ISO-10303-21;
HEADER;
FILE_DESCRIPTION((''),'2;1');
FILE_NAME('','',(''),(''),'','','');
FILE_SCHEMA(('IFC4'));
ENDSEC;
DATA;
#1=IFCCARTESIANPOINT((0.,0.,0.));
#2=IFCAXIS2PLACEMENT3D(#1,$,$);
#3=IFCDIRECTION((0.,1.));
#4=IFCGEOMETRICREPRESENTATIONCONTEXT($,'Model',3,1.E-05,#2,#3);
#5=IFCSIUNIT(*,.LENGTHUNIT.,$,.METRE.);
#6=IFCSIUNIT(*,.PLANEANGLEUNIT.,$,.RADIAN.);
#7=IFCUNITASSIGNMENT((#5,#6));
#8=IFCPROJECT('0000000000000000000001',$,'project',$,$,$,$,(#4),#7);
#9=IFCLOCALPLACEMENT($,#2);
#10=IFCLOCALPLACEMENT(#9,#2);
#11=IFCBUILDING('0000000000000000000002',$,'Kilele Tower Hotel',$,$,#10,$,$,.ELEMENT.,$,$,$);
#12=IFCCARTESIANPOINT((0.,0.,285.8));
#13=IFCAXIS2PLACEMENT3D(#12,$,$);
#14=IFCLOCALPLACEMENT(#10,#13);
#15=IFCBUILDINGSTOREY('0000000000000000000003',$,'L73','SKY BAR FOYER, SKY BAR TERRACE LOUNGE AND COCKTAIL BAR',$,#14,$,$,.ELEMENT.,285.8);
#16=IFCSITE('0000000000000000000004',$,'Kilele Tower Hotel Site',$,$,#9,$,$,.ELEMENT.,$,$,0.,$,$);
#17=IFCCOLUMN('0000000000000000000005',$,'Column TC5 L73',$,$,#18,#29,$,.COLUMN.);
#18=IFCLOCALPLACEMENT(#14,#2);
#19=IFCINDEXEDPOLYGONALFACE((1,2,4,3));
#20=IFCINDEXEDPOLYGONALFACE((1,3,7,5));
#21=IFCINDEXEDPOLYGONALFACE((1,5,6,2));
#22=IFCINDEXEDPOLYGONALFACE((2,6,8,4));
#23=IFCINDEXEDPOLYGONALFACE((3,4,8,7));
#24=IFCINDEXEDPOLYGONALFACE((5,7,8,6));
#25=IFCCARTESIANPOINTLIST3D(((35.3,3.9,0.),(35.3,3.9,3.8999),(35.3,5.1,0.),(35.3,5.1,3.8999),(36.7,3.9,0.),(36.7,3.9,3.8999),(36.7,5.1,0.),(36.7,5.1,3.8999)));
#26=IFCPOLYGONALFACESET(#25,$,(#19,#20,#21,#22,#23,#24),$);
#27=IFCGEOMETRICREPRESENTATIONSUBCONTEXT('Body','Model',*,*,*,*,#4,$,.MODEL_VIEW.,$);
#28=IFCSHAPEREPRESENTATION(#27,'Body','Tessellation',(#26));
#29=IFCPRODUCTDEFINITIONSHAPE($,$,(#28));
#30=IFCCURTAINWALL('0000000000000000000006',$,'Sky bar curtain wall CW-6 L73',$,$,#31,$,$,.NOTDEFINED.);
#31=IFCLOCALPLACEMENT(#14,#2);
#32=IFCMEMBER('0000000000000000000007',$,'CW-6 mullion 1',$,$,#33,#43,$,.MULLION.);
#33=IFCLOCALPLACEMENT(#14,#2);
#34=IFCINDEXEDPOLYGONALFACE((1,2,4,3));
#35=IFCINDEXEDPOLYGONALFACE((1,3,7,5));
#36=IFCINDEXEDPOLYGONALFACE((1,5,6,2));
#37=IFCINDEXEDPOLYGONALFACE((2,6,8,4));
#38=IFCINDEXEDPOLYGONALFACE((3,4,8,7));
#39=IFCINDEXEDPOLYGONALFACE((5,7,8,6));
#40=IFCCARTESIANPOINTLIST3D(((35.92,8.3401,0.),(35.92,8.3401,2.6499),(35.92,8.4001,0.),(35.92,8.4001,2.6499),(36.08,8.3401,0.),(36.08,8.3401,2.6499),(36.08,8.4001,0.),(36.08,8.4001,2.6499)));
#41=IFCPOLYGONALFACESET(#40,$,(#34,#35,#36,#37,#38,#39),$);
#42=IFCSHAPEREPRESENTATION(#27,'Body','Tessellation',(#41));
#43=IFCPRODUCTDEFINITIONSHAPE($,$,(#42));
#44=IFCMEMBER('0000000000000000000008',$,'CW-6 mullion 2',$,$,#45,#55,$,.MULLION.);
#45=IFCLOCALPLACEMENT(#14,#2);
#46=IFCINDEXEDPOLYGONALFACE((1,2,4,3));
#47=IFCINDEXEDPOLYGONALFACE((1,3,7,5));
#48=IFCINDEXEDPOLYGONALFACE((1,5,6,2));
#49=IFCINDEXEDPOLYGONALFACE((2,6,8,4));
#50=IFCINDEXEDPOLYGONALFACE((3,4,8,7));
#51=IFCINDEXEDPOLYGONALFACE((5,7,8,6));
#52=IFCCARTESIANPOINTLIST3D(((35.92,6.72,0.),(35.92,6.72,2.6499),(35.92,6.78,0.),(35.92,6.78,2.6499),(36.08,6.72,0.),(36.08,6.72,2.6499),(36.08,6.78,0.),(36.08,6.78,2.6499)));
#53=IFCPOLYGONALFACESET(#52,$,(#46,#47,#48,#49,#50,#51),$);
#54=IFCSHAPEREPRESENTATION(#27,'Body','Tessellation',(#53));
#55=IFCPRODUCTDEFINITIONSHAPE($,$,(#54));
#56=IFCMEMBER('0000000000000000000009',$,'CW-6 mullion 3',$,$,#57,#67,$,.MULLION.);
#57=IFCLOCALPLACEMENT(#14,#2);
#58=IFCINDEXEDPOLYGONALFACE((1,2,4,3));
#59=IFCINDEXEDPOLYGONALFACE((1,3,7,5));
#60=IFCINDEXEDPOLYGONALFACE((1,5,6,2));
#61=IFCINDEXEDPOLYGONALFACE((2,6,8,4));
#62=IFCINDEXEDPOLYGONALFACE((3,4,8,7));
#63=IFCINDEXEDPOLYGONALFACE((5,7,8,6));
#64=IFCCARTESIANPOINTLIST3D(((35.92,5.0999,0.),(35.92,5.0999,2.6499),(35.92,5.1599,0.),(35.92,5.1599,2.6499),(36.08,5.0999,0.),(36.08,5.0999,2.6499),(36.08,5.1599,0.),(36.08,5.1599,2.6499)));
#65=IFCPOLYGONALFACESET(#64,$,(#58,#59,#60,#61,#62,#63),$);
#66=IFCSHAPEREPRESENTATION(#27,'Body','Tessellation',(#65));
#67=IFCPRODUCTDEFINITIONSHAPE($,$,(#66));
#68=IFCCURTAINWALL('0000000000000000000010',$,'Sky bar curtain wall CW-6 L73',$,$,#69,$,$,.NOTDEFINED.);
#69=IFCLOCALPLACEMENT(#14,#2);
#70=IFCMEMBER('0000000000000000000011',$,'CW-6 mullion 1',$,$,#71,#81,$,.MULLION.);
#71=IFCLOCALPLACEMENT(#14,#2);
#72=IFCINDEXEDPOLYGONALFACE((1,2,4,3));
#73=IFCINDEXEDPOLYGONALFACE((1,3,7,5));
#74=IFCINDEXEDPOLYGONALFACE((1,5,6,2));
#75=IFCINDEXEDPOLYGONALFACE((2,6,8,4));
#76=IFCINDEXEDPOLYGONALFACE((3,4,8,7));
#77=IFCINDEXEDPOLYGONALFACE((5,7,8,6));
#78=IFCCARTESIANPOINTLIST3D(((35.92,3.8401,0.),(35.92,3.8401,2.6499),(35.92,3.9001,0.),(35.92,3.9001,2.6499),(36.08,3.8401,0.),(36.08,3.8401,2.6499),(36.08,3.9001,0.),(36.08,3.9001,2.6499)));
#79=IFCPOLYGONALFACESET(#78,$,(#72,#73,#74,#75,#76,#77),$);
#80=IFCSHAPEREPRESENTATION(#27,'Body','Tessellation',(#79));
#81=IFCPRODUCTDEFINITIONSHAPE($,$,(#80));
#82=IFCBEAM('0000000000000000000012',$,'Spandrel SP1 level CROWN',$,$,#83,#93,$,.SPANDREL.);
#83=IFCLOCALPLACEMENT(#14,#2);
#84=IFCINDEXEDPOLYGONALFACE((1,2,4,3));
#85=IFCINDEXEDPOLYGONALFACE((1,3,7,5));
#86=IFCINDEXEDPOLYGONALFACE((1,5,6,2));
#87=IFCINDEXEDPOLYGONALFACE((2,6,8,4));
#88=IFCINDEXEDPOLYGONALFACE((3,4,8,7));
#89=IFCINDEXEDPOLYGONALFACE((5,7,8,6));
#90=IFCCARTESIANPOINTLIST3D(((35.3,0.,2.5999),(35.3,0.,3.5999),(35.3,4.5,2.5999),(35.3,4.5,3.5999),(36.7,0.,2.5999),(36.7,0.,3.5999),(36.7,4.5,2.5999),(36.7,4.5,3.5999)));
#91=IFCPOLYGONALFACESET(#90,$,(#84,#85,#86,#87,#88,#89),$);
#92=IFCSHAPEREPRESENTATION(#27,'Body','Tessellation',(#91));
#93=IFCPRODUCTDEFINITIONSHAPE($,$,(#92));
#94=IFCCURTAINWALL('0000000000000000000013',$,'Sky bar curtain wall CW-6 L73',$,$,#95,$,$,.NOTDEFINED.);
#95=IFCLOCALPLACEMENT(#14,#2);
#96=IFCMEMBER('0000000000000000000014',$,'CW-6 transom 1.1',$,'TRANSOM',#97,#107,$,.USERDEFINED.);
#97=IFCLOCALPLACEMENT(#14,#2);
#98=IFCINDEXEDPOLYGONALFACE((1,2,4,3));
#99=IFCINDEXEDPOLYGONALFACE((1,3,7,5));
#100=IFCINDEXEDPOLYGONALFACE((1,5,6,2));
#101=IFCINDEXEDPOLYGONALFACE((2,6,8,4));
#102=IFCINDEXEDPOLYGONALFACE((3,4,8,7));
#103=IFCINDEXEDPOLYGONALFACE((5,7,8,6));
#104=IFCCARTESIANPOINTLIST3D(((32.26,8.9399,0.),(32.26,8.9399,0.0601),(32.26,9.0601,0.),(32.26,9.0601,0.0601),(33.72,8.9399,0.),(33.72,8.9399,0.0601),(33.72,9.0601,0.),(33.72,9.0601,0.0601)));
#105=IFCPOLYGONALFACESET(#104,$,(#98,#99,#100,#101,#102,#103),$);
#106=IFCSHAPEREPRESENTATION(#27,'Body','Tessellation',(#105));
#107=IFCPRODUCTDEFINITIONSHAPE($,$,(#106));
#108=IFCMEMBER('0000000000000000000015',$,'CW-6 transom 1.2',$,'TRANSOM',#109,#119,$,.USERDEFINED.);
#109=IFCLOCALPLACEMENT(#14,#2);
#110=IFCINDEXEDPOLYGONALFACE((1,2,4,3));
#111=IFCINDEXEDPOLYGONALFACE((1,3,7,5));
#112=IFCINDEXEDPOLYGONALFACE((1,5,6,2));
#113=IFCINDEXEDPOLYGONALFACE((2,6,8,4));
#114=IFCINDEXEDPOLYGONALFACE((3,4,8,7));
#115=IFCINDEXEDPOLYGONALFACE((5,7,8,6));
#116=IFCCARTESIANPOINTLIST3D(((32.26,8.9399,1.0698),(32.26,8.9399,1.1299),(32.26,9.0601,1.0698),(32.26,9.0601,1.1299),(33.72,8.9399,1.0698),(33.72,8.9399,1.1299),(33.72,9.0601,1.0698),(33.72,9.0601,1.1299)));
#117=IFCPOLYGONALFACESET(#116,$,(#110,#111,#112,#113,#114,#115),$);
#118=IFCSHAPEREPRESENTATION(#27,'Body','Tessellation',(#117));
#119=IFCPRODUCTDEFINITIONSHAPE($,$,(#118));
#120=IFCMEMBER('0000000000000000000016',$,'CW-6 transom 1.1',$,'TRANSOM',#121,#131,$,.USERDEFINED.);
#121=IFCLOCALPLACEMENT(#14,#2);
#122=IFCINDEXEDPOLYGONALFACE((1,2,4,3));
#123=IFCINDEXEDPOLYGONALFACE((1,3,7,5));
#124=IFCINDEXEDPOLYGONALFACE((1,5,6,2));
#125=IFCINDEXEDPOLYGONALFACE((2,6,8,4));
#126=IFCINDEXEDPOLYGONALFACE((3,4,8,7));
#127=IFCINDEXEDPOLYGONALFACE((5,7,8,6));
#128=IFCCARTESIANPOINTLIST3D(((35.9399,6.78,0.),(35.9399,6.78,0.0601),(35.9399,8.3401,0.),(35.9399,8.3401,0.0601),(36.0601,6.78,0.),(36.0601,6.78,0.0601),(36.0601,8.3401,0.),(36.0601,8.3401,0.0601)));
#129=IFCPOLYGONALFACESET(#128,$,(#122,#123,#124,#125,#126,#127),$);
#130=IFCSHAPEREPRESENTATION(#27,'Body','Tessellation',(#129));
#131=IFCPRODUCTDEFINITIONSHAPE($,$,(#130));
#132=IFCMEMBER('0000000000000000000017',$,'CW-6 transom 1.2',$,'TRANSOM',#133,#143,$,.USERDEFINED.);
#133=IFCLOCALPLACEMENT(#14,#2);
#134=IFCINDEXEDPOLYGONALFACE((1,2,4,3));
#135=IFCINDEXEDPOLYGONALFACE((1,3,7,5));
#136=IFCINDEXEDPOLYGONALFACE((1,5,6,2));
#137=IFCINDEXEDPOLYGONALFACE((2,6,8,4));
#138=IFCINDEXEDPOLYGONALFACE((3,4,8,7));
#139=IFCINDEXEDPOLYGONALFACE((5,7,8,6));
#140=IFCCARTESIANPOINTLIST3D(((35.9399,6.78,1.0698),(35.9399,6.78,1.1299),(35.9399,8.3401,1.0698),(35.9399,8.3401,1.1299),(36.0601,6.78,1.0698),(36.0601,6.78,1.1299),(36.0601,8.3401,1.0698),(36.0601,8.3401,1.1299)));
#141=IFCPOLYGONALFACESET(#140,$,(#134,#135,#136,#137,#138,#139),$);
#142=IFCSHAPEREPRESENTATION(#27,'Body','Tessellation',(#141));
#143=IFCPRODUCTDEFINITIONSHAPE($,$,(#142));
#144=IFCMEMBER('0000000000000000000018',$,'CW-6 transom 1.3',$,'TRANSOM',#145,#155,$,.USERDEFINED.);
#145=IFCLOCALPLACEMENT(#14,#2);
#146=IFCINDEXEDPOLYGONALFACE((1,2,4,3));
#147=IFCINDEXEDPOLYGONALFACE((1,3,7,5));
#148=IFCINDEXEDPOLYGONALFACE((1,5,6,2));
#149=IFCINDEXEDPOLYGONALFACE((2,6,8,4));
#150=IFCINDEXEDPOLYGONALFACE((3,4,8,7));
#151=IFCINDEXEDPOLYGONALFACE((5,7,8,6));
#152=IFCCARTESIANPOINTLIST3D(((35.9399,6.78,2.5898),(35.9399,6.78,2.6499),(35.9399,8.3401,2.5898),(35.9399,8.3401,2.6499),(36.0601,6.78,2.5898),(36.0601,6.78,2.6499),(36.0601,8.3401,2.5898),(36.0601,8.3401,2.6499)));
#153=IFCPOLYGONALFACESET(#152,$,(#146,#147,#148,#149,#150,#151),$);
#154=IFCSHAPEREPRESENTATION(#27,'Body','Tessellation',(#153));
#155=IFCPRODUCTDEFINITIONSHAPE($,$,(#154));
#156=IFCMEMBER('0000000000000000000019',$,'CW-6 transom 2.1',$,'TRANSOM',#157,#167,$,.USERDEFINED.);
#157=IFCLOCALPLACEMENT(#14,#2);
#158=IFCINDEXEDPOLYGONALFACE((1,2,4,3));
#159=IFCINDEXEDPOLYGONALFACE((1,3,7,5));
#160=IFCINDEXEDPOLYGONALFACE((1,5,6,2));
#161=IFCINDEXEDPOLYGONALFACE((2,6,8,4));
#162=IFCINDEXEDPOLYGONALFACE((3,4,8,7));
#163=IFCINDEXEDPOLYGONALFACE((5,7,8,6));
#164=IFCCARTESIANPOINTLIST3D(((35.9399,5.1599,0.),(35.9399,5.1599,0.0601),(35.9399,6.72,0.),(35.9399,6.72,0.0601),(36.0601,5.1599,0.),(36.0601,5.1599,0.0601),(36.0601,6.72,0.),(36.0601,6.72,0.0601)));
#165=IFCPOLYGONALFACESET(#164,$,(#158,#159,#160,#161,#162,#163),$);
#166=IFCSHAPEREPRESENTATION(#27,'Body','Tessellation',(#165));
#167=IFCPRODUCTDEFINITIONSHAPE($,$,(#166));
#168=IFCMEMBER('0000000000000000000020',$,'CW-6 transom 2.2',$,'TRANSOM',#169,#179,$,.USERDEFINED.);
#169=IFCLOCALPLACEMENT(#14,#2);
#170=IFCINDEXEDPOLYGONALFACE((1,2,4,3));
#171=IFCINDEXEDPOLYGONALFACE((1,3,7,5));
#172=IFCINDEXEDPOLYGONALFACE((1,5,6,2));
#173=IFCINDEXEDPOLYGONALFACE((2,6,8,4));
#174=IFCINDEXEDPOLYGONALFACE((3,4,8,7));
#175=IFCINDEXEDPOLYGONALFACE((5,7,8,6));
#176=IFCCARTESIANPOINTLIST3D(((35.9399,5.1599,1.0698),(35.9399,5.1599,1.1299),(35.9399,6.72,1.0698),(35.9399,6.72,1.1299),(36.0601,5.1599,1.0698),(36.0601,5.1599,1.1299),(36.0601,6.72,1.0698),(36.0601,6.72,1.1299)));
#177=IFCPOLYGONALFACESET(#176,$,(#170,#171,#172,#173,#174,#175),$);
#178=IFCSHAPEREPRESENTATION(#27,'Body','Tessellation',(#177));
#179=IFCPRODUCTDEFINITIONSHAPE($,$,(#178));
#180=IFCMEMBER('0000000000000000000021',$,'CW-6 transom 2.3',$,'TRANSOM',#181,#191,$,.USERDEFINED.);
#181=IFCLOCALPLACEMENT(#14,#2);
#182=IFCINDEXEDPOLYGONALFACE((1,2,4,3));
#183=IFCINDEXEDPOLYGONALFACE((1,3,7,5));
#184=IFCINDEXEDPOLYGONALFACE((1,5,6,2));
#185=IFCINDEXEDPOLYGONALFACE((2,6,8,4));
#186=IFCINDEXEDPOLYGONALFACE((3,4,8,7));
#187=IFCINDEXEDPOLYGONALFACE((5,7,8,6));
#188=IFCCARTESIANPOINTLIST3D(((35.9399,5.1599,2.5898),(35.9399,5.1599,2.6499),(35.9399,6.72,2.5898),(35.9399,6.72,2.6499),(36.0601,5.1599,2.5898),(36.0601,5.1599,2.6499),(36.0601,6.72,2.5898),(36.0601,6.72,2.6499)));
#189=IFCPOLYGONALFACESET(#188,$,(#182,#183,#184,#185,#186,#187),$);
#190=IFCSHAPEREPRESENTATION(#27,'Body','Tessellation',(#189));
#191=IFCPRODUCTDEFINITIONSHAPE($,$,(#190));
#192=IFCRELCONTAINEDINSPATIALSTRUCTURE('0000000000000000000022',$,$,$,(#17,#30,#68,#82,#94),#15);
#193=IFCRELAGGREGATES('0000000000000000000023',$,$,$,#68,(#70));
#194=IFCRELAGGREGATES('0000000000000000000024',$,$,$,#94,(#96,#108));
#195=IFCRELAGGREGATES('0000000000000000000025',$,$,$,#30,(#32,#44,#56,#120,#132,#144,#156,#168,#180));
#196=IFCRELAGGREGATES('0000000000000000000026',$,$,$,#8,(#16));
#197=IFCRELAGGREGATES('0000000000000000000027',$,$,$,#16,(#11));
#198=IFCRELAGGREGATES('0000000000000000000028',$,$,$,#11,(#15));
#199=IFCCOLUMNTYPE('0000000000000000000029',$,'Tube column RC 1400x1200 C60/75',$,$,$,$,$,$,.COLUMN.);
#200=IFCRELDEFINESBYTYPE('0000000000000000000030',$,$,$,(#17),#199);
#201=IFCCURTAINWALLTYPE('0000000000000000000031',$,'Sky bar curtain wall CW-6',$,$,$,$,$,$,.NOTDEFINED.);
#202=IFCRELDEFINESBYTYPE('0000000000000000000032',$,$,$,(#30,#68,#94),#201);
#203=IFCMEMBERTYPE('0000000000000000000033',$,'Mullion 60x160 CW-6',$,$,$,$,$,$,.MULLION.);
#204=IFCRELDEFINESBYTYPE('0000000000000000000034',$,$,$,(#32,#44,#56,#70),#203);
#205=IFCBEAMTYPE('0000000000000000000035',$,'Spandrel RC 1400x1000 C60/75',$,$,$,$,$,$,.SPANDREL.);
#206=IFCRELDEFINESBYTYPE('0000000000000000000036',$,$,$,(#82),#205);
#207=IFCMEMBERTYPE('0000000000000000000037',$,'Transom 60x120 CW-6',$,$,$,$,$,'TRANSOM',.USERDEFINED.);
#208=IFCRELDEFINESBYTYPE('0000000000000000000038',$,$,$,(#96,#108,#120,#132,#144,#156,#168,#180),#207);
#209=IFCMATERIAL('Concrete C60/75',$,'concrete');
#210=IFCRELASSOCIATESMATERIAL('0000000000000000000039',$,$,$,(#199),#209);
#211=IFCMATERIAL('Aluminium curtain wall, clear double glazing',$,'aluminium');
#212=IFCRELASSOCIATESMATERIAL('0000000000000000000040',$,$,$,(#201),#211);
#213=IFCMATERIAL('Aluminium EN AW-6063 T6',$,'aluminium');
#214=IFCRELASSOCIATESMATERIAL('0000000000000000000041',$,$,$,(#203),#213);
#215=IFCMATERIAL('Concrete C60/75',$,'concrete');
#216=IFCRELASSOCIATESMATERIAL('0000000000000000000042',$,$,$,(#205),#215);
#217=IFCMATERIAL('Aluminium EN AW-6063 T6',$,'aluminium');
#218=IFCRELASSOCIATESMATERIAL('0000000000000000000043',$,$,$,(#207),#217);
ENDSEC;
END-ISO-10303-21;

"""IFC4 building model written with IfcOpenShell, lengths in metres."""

from ifc_helpers import new_model, si_unit, direction, frame, origin, origin_2d, place, context, subcontext, project, spatial, rectangle, extrude, material, material_profile, profile_set, type_object, element, aggregate, save


model = new_model("IFC4")

# Units and contexts
model_context = context("Model", 3, precision=1e-05, world=origin(), true_north=direction((0.0, 1.0)))
body_context = subcontext(model_context, "Body", "Model", "MODEL_VIEW")
ifc_project = project(units=[si_unit("LENGTHUNIT", "METRE"), si_unit("PLANEANGLEUNIT", "RADIAN")], contexts=[model_context])

# Site, building, storey
site_placement = place(None, origin())
site = spatial("IfcSite", under=ifc_project, at=site_placement, Name="Kilele Tower Hotel Site", CompositionType="ELEMENT", RefElevation=0.0)
building_placement = place(site_placement, origin())
building = spatial("IfcBuilding", under=site, at=building_placement, Name="Kilele Tower Hotel", CompositionType="ELEMENT")
storey_placement = place(building_placement, frame((0.0, 0.0, 285.8)))
storey = spatial("IfcBuildingStorey", under=building, at=storey_placement, Name="L73", Description="SKY BAR FOYER, SKY BAR TERRACE LOUNGE AND COCKTAIL BAR", CompositionType="ELEMENT", Elevation=285.8)

# Column
ifc_material_1 = material(Name="Concrete C60/75", Category="concrete")
ifc_material_profile_1 = material_profile(ifc_material_1, rectangle(XDim=1.3999, YDim=1.2, at=origin_2d()))
ifc_profile_set_1 = profile_set([ifc_material_profile_1], Name="Concrete C60/75")
column_type = type_object("IfcColumnType", Name="Tube column RC 1400x1200 C60/75", PredefinedType="COLUMN", material=ifc_profile_set_1)
column_placement = place(storey_placement, frame((36.0, 4.5, 0.0), z_axis=(0.0, 0.0, 1.0), x_axis=(1.0, 0.0, 0.0)))
element("IfcColumn", 1, at=column_placement, inside=storey, type_object=column_type, Name="Column TC5 L73", PredefinedType="COLUMN", context=body_context, shape_type="SweptSolid", body=[
    extrude(rectangle(XDim=1.3999, YDim=1.2, at=origin_2d()), origin(), (0.0, 0.0, 1.0), 3.8999),
])

# Curtain wall, members
ifc_material_2 = material(Name="Aluminium curtain wall, clear double glazing", Category="aluminium")
curtain_wall_type = type_object("IfcCurtainWallType", Name="Sky bar curtain wall CW-6", PredefinedType="NOTDEFINED", material=ifc_material_2)
curtain_wall_1_placement = place(storey_placement, origin())
curtain_wall_1 = element("IfcCurtainWall", 2, at=curtain_wall_1_placement, inside=storey, type_object=curtain_wall_type, Name="Sky bar curtain wall CW-6 L73", PredefinedType="NOTDEFINED")
ifc_material_3 = material(Name="Aluminium EN AW-6063 T6", Category="aluminium")
ifc_material_profile_2 = material_profile(ifc_material_3, rectangle(XDim=0.1599, YDim=0.0601, at=origin_2d()))
ifc_profile_set_2 = profile_set([ifc_material_profile_2], Name="Aluminium EN AW-6063 T6")
member_type_1 = type_object("IfcMemberType", Name="Mullion 60x160 CW-6", PredefinedType="MULLION", material=ifc_profile_set_2)
member_1_placement = place(storey_placement, frame((36.0, 8.3701, 0.0), z_axis=(0.0, 0.0, 1.0), x_axis=(1.0, 0.0, 0.0)))
member_1 = element("IfcMember", 3, at=member_1_placement, type_object=member_type_1, Name="CW-6 mullion 1", PredefinedType="MULLION", context=body_context, shape_type="SweptSolid", body=[
    extrude(rectangle(XDim=0.1599, YDim=0.0601, at=origin_2d()), origin(), (0.0, 0.0, 1.0), 2.6499),
])
member_2_placement = place(storey_placement, frame((36.0, 6.75, 0.0), z_axis=(0.0, 0.0, 1.0), x_axis=(1.0, 0.0, 0.0)))
member_2 = element("IfcMember", 4, at=member_2_placement, type_object=member_type_1, Name="CW-6 mullion 2", PredefinedType="MULLION", context=body_context, shape_type="SweptSolid", body=[
    extrude(rectangle(XDim=0.1599, YDim=0.0601, at=origin_2d()), origin(), (0.0, 0.0, 1.0), 2.6499),
])
member_3_placement = place(storey_placement, frame((36.0, 5.1299, 0.0), z_axis=(0.0, 0.0, 1.0), x_axis=(1.0, 0.0, 0.0)))
member_3 = element("IfcMember", 5, at=member_3_placement, type_object=member_type_1, Name="CW-6 mullion 3", PredefinedType="MULLION", context=body_context, shape_type="SweptSolid", body=[
    extrude(rectangle(XDim=0.1599, YDim=0.0601, at=origin_2d()), origin(), (0.0, 0.0, 1.0), 2.6499),
])

# Curtain wall, member
curtain_wall_2_placement = place(storey_placement, origin())
curtain_wall_2 = element("IfcCurtainWall", 6, at=curtain_wall_2_placement, inside=storey, type_object=curtain_wall_type, Name="Sky bar curtain wall CW-6 L73", PredefinedType="NOTDEFINED")
member_4_placement = place(storey_placement, frame((36.0, 3.8701, 0.0), z_axis=(0.0, 0.0, 1.0), x_axis=(1.0, 0.0, 0.0)))
member_4 = element("IfcMember", 7, at=member_4_placement, type_object=member_type_1, Name="CW-6 mullion 1", PredefinedType="MULLION", context=body_context, shape_type="SweptSolid", body=[
    extrude(rectangle(XDim=0.1599, YDim=0.0601, at=origin_2d()), origin(), (0.0, 0.0, 1.0), 2.6499),
])
aggregate(curtain_wall_2, [member_4])

# Beam
ifc_material_4 = material(Name="Concrete C60/75", Category="concrete")
ifc_material_profile_3 = material_profile(ifc_material_4, rectangle(XDim=1.3999, YDim=1.0, at=origin_2d()))
ifc_profile_set_3 = profile_set([ifc_material_profile_3], Name="Concrete C60/75")
beam_type = type_object("IfcBeamType", Name="Spandrel RC 1400x1000 C60/75", PredefinedType="SPANDREL", material=ifc_profile_set_3)
beam_placement = place(storey_placement, frame((36.0, 4.5, 3.0999), z_axis=(0.0, -1.0, 0.0), x_axis=(1.0, 0.0, 0.0)))
element("IfcBeam", 8, at=beam_placement, inside=storey, type_object=beam_type, Name="Spandrel SP1 level CROWN", PredefinedType="SPANDREL", context=body_context, shape_type="SweptSolid", body=[
    extrude(rectangle(XDim=1.3999, YDim=1.0, at=origin_2d()), origin(), (0.0, 0.0, 1.0), 4.5),
])

# Curtain wall, members
curtain_wall_3_placement = place(storey_placement, origin())
curtain_wall_3 = element("IfcCurtainWall", 9, at=curtain_wall_3_placement, inside=storey, type_object=curtain_wall_type, Name="Sky bar curtain wall CW-6 L73", PredefinedType="NOTDEFINED")
ifc_material_5 = material(Name="Aluminium EN AW-6063 T6", Category="aluminium")
ifc_material_profile_4 = material_profile(ifc_material_5, rectangle(XDim=0.1201, YDim=0.0601, at=origin_2d()))
ifc_profile_set_4 = profile_set([ifc_material_profile_4], Name="Aluminium EN AW-6063 T6")
member_type_2 = type_object("IfcMemberType", Name="Transom 60x120 CW-6", ElementType="TRANSOM", PredefinedType="USERDEFINED", material=ifc_profile_set_4)
member_5_placement = place(storey_placement, frame((32.26, 9.0, 0.03), z_axis=(1.0, 0.0, 0.0), x_axis=(0.0, 1.0, 0.0)))
member_5 = element("IfcMember", 10, at=member_5_placement, type_object=member_type_2, Name="CW-6 transom 1.1", ObjectType="TRANSOM", PredefinedType="USERDEFINED", context=body_context, shape_type="SweptSolid", body=[
    extrude(rectangle(XDim=0.1201, YDim=0.0601, at=origin_2d()), origin(), (0.0, 0.0, 1.0), 1.46),
])
member_6_placement = place(storey_placement, frame((32.26, 9.0, 1.0999), z_axis=(1.0, 0.0, 0.0), x_axis=(0.0, 1.0, 0.0)))
member_6 = element("IfcMember", 11, at=member_6_placement, type_object=member_type_2, Name="CW-6 transom 1.2", ObjectType="TRANSOM", PredefinedType="USERDEFINED", context=body_context, shape_type="SweptSolid", body=[
    extrude(rectangle(XDim=0.1201, YDim=0.0601, at=origin_2d()), origin(), (0.0, 0.0, 1.0), 1.46),
])
aggregate(curtain_wall_3, [member_5, member_6])

# Members
member_7_placement = place(storey_placement, frame((36.0, 8.3401, 0.03), z_axis=(0.0, -1.0, 0.0), x_axis=(1.0, 0.0, 0.0)))
member_7 = element("IfcMember", 12, at=member_7_placement, type_object=member_type_2, Name="CW-6 transom 1.1", ObjectType="TRANSOM", PredefinedType="USERDEFINED", context=body_context, shape_type="SweptSolid", body=[
    extrude(rectangle(XDim=0.1201, YDim=0.0601, at=origin_2d()), origin(), (0.0, 0.0, 1.0), 1.5601),
])
member_8_placement = place(storey_placement, frame((36.0, 8.3401, 1.0999), z_axis=(0.0, -1.0, 0.0), x_axis=(1.0, 0.0, 0.0)))
member_8 = element("IfcMember", 13, at=member_8_placement, type_object=member_type_2, Name="CW-6 transom 1.2", ObjectType="TRANSOM", PredefinedType="USERDEFINED", context=body_context, shape_type="SweptSolid", body=[
    extrude(rectangle(XDim=0.1201, YDim=0.0601, at=origin_2d()), origin(), (0.0, 0.0, 1.0), 1.5601),
])
member_9_placement = place(storey_placement, frame((36.0, 8.3401, 2.6199), z_axis=(0.0, -1.0, 0.0), x_axis=(1.0, 0.0, 0.0)))
member_9 = element("IfcMember", 14, at=member_9_placement, type_object=member_type_2, Name="CW-6 transom 1.3", ObjectType="TRANSOM", PredefinedType="USERDEFINED", context=body_context, shape_type="SweptSolid", body=[
    extrude(rectangle(XDim=0.1201, YDim=0.0601, at=origin_2d()), origin(), (0.0, 0.0, 1.0), 1.5601),
])
member_10_placement = place(storey_placement, frame((36.0, 6.72, 0.03), z_axis=(0.0, -1.0, 0.0), x_axis=(1.0, 0.0, 0.0)))
member_10 = element("IfcMember", 15, at=member_10_placement, type_object=member_type_2, Name="CW-6 transom 2.1", ObjectType="TRANSOM", PredefinedType="USERDEFINED", context=body_context, shape_type="SweptSolid", body=[
    extrude(rectangle(XDim=0.1201, YDim=0.0601, at=origin_2d()), origin(), (0.0, 0.0, 1.0), 1.5601),
])
member_11_placement = place(storey_placement, frame((36.0, 6.72, 1.0999), z_axis=(0.0, -1.0, 0.0), x_axis=(1.0, 0.0, 0.0)))
member_11 = element("IfcMember", 16, at=member_11_placement, type_object=member_type_2, Name="CW-6 transom 2.2", ObjectType="TRANSOM", PredefinedType="USERDEFINED", context=body_context, shape_type="SweptSolid", body=[
    extrude(rectangle(XDim=0.1201, YDim=0.0601, at=origin_2d()), origin(), (0.0, 0.0, 1.0), 1.5601),
])
member_12_placement = place(storey_placement, frame((36.0, 6.72, 2.6199), z_axis=(0.0, -1.0, 0.0), x_axis=(1.0, 0.0, 0.0)))
member_12 = element("IfcMember", 17, at=member_12_placement, type_object=member_type_2, Name="CW-6 transom 2.3", ObjectType="TRANSOM", PredefinedType="USERDEFINED", context=body_context, shape_type="SweptSolid", body=[
    extrude(rectangle(XDim=0.1201, YDim=0.0601, at=origin_2d()), origin(), (0.0, 0.0, 1.0), 1.5601),
])

aggregate(curtain_wall_1, [member_1, member_2, member_3, member_7, member_8, member_9, member_10, member_11, member_12])

save(model, "model.ifc")
